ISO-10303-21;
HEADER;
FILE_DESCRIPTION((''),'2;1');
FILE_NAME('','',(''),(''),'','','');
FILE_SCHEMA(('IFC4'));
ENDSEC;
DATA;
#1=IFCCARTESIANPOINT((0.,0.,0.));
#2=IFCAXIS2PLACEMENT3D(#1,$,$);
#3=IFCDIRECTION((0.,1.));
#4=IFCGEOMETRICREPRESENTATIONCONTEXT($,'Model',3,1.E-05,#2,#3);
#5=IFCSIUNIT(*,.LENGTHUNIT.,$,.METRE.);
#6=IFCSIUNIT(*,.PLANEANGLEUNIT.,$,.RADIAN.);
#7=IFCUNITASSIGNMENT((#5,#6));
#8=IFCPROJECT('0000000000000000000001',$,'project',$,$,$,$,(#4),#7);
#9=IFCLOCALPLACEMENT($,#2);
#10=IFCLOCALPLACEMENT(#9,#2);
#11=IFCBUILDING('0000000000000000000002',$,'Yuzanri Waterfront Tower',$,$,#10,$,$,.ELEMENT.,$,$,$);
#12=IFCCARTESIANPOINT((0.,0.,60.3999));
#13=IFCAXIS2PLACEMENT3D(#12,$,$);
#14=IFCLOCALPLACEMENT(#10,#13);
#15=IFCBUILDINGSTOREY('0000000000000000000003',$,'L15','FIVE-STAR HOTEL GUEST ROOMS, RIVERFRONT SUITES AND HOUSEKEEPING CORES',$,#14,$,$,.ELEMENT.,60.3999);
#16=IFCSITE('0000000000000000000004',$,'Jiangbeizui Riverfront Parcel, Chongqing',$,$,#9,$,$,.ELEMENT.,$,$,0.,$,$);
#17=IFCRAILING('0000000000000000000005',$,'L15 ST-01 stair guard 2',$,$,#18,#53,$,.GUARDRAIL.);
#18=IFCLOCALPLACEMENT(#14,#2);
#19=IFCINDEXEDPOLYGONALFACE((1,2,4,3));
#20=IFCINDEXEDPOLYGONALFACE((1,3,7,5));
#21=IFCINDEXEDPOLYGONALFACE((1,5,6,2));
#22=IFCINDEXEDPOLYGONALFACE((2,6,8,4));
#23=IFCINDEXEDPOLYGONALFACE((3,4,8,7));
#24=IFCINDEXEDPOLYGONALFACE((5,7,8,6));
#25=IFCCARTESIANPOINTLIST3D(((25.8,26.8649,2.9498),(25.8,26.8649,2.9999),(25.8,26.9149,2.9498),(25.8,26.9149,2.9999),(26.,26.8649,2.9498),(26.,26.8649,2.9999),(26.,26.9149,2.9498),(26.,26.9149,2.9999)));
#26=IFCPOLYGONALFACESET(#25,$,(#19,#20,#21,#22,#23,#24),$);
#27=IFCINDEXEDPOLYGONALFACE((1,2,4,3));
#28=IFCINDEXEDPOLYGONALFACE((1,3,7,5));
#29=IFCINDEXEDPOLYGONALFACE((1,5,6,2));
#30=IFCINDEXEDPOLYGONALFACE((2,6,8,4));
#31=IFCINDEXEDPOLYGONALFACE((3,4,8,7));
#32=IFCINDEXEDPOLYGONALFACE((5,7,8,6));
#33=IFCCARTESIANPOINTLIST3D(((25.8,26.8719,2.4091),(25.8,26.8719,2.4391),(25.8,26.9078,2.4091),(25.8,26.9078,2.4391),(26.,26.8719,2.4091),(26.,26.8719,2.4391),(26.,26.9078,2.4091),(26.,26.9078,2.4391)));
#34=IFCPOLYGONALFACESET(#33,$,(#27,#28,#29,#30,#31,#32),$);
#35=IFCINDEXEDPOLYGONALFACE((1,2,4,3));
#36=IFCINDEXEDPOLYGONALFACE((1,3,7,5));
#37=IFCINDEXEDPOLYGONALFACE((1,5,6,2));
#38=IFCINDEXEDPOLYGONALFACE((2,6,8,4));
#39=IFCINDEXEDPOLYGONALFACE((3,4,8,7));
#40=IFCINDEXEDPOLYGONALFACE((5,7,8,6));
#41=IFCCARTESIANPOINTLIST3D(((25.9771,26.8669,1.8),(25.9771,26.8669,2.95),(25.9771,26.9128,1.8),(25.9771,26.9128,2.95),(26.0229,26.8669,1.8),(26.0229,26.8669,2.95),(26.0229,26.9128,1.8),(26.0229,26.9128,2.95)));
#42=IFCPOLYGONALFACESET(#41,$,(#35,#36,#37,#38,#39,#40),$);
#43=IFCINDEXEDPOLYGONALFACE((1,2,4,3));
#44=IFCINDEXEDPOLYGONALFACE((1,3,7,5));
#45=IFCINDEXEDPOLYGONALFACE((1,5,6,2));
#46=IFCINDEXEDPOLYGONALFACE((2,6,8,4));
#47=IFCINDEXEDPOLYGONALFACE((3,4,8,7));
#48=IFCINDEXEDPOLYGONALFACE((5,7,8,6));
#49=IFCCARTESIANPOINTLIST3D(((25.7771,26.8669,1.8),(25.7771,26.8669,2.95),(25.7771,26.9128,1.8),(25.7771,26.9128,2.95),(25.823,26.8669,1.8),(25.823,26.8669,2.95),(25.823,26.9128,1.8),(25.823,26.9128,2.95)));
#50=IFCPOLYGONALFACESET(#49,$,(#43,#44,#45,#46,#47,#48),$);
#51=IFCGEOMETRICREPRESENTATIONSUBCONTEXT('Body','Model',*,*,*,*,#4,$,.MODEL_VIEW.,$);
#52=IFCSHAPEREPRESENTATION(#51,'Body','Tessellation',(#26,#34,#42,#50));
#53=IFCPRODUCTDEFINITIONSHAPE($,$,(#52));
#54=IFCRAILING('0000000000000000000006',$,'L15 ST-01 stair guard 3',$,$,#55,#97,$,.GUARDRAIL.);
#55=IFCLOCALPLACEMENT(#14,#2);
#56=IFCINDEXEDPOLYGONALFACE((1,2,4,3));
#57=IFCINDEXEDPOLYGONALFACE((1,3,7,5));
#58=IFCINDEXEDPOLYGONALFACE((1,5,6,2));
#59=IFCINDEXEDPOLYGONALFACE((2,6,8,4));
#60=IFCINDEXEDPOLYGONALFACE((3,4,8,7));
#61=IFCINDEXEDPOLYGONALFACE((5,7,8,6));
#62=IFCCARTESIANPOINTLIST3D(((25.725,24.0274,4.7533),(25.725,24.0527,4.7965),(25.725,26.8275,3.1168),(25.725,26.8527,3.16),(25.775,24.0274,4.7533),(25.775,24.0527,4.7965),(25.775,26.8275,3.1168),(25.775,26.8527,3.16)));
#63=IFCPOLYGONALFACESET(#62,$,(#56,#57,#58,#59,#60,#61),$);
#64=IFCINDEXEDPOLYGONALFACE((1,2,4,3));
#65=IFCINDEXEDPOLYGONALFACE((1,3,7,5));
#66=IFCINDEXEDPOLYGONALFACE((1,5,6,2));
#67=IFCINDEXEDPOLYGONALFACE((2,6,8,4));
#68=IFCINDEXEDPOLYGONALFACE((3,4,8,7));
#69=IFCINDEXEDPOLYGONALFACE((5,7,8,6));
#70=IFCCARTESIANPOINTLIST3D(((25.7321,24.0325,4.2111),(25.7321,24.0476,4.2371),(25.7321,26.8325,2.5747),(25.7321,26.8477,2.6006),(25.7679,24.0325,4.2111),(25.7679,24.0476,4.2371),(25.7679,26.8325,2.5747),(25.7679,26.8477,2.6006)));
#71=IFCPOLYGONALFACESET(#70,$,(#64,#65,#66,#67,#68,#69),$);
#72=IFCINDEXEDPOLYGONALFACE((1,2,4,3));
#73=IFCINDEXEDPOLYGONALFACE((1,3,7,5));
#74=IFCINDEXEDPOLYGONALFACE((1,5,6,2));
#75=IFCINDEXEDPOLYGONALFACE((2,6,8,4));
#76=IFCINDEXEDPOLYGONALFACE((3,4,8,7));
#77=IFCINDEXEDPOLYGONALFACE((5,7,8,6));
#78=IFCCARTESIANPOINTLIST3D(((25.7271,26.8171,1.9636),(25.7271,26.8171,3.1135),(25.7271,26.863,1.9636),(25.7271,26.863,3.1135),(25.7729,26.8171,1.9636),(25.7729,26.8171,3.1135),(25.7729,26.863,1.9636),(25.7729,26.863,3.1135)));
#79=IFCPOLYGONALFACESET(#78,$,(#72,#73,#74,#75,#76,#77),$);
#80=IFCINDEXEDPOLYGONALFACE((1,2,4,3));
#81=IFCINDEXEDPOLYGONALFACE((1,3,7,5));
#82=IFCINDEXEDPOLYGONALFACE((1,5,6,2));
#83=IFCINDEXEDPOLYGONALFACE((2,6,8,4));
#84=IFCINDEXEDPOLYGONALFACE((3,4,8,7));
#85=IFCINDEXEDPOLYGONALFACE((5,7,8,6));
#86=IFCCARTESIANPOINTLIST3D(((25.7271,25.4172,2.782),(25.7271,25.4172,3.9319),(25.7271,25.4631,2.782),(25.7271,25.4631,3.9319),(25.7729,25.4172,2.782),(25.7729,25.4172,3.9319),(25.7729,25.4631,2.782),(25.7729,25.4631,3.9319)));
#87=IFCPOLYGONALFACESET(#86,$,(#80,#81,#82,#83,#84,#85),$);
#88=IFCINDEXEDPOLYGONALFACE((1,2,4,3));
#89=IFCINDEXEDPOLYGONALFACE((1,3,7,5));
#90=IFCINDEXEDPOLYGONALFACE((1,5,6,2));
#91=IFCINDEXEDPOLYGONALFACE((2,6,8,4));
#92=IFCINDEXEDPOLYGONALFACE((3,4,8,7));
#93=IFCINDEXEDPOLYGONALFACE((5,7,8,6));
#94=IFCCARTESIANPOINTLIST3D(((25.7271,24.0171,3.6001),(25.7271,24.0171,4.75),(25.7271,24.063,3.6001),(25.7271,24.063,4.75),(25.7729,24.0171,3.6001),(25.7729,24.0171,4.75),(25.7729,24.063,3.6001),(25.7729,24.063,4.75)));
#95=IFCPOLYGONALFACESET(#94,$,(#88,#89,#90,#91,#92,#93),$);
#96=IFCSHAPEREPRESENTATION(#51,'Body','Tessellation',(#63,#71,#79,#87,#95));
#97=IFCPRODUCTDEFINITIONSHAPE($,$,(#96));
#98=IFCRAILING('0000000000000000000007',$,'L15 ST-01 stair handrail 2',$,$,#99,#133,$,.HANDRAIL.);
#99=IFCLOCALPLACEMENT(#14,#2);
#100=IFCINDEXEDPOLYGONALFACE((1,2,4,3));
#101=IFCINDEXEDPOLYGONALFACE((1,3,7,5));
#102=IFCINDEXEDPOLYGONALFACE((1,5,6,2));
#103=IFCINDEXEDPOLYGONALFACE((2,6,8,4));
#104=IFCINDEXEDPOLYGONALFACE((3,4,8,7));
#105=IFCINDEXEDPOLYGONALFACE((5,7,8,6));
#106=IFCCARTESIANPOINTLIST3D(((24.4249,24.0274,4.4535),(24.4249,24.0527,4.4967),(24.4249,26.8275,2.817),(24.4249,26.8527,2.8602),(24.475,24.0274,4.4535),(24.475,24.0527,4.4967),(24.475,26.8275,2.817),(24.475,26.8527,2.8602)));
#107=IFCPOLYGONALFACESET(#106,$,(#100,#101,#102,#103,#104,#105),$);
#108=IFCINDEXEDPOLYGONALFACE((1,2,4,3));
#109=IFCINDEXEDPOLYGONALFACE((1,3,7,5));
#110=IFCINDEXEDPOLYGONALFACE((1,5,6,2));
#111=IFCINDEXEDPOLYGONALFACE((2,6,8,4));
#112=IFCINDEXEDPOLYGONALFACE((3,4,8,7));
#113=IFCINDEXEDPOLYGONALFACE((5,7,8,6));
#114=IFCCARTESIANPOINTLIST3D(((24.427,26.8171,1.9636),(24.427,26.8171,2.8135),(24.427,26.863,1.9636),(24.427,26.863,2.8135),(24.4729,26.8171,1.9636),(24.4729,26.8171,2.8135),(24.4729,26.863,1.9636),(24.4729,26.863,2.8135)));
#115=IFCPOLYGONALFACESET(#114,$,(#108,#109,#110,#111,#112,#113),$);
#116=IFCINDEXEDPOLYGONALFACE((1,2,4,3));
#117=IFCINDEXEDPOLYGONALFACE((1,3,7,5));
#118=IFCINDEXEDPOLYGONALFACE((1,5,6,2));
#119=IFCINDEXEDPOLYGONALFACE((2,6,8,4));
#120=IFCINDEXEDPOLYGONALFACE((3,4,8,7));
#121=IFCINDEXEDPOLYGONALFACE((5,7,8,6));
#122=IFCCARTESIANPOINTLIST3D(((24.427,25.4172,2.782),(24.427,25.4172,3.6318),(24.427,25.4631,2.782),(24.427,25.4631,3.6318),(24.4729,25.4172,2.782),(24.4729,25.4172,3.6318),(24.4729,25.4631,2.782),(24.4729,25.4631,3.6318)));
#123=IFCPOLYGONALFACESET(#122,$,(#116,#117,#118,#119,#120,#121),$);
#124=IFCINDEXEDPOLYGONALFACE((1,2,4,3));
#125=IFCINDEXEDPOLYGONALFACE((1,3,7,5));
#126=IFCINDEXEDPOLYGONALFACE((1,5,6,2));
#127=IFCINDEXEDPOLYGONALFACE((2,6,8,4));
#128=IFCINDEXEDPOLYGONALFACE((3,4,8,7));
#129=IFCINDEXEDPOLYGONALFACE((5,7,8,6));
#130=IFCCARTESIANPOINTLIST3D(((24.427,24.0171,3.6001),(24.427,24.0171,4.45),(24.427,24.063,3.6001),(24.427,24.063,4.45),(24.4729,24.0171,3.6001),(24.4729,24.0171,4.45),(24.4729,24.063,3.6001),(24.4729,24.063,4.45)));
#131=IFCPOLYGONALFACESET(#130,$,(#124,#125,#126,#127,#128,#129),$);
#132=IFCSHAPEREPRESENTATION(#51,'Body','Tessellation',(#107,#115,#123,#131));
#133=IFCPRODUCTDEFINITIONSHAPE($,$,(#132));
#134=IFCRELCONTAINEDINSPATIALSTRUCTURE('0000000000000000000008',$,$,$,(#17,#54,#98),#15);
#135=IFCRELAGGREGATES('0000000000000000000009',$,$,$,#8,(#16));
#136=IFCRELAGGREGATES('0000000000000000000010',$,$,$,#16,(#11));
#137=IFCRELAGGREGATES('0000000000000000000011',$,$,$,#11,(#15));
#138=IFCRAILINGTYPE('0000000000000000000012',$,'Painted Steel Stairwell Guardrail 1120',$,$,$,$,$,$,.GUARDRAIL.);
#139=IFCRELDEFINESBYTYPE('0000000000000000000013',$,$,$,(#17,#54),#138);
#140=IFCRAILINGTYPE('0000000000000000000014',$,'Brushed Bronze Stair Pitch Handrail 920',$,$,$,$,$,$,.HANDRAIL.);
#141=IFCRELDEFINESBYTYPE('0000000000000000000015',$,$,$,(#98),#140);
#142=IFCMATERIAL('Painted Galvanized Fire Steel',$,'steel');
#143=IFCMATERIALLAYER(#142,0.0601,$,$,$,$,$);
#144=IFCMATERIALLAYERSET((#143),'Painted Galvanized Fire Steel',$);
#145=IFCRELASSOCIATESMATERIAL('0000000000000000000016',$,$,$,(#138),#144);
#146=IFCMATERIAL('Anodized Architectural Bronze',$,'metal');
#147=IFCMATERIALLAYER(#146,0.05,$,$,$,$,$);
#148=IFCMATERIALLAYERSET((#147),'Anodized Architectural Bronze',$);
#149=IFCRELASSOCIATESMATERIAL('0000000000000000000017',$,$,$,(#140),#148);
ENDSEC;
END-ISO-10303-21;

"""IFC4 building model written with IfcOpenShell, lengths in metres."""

from ifc_helpers import new_model, si_unit, direction, frame, origin, origin_2d, place, context, subcontext, project, spatial, rectangle, extrude, source, transform, mapped, material, layer, layer_set, type_object, element, save


model = new_model("IFC4")

# Units and contexts
model_context = context("Model", 3, precision=1e-05, world=origin(), true_north=direction((0.0, 1.0)))
body_context = subcontext(model_context, "Body", "Model", "MODEL_VIEW")
ifc_project = project(units=[si_unit("LENGTHUNIT", "METRE"), si_unit("PLANEANGLEUNIT", "RADIAN")], contexts=[model_context])

# Site, building, storey
site_placement = place(None, origin())
site = spatial("IfcSite", under=ifc_project, at=site_placement, Name="Jiangbeizui Riverfront Parcel, Chongqing", CompositionType="ELEMENT", RefElevation=0.0)
building_placement = place(site_placement, origin())
building = spatial("IfcBuilding", under=site, at=building_placement, Name="Yuzanri Waterfront Tower", CompositionType="ELEMENT")
storey_placement = place(building_placement, frame((0.0, 0.0, 60.3999)))
storey = spatial("IfcBuildingStorey", under=building, at=storey_placement, Name="L15", Description="FIVE-STAR HOTEL GUEST ROOMS, RIVERFRONT SUITES AND HOUSEKEEPING CORES", CompositionType="ELEMENT", Elevation=60.3999)

# Railings
ifc_material_1 = material(Name="Painted Galvanized Fire Steel", Category="steel")
ifc_layer_1 = layer(ifc_material_1, 0.0601)
ifc_layer_set_1 = layer_set([ifc_layer_1], Name="Painted Galvanized Fire Steel")
railing_type_1 = type_object("IfcRailingType", Name="Painted Steel Stairwell Guardrail 1120", PredefinedType="GUARDRAIL", material=ifc_layer_set_1)
shared_shape_1 = source(origin(), body_context, "Body", "SweptSolid", [
    extrude(rectangle(XDim=0.05, YDim=0.05, at=origin_2d()), frame((0.0, 0.0, 1.1748), z_axis=(-1.0, 0.0, 0.0), x_axis=(0.0, -1.0, 0.0)), (0.0, 0.0, 1.0), 0.2),
    extrude(rectangle(XDim=0.0359, YDim=0.03, at=origin_2d()), frame((0.0, 0.0, 0.624), z_axis=(-1.0, 0.0, 0.0), x_axis=(0.0, -1.0, 0.0)), (0.0, 0.0, 1.0), 0.2),
    extrude(rectangle(XDim=0.0459, YDim=0.0459, at=origin_2d()), origin(), (0.0, 0.0, 1.0), 1.1499),
    extrude(rectangle(XDim=0.0459, YDim=0.0459, at=origin_2d()), frame((-0.2, 0.0, 0.0)), (0.0, 0.0, 1.0), 1.1499),
])
railing_1_placement = place(storey_placement, frame((26.0, 26.8899, 1.8)))
element("IfcRailing", 1, at=railing_1_placement, inside=storey, type_object=railing_type_1, Name="L15 ST-01 stair guard 2", PredefinedType="GUARDRAIL", context=body_context, shape_type="MappedRepresentation", body=[
    mapped(shared_shape_1, transform((0.0, 0.0, 0.0), scale=1.0)),
])
shared_shape_2 = source(origin(), body_context, "Body", "SweptSolid", [
    extrude(rectangle(XDim=0.05, YDim=0.05, at=origin_2d()), frame((0.0, 0.0, 1.1748), z_axis=(0.0, -0.863361, 0.504587), x_axis=(1.0, 0.0, 0.0)), (0.0, 0.0, 1.0), 3.2432),
    extrude(rectangle(XDim=0.0359, YDim=0.03, at=origin_2d()), frame((0.0, 0.0, 0.624), z_axis=(0.0, -0.863361, 0.504587), x_axis=(1.0, 0.0, 0.0)), (0.0, 0.0, 1.0), 3.2432),
    extrude(rectangle(XDim=0.0459, YDim=0.0459, at=origin_2d()), origin(), (0.0, 0.0, 1.0), 1.1499),
    extrude(rectangle(XDim=0.0459, YDim=0.0459, at=origin_2d()), frame((0.0, -1.3999, 0.8184)), (0.0, 0.0, 1.0), 1.1499),
    extrude(rectangle(XDim=0.0459, YDim=0.0459, at=origin_2d()), frame((0.0, -2.8, 1.6365)), (0.0, 0.0, 1.0), 1.1499),
])
railing_2_placement = place(storey_placement, frame((25.75, 26.8401, 1.9636)))
element("IfcRailing", 2, at=railing_2_placement, inside=storey, type_object=railing_type_1, Name="L15 ST-01 stair guard 3", PredefinedType="GUARDRAIL", context=body_context, shape_type="MappedRepresentation", body=[
    mapped(shared_shape_2, transform((0.0, 0.0, 0.0), scale=1.0)),
])
ifc_material_2 = material(Name="Anodized Architectural Bronze", Category="metal")
ifc_layer_2 = layer(ifc_material_2, 0.05)
ifc_layer_set_2 = layer_set([ifc_layer_2], Name="Anodized Architectural Bronze")
railing_type_2 = type_object("IfcRailingType", Name="Brushed Bronze Stair Pitch Handrail 920", PredefinedType="HANDRAIL", material=ifc_layer_set_2)
shared_shape_3 = source(origin(), body_context, "Body", "SweptSolid", [
    extrude(rectangle(XDim=0.05, YDim=0.05, at=origin_2d()), frame((0.0, 0.0, 0.875), z_axis=(0.0, -0.863361, 0.504587), x_axis=(1.0, 0.0, 0.0)), (0.0, 0.0, 1.0), 3.2432),
    extrude(rectangle(XDim=0.0459, YDim=0.0459, at=origin_2d()), origin(), (0.0, 0.0, 1.0), 0.8499),
    extrude(rectangle(XDim=0.0459, YDim=0.0459, at=origin_2d()), frame((0.0, -1.3999, 0.8184)), (0.0, 0.0, 1.0), 0.8499),
    extrude(rectangle(XDim=0.0459, YDim=0.0459, at=origin_2d()), frame((0.0, -2.8, 1.6365)), (0.0, 0.0, 1.0), 0.8499),
])
railing_3_placement = place(storey_placement, frame((24.45, 26.8401, 1.9636)))
element("IfcRailing", 3, at=railing_3_placement, inside=storey, type_object=railing_type_2, Name="L15 ST-01 stair handrail 2", PredefinedType="HANDRAIL", context=body_context, shape_type="MappedRepresentation", body=[
    mapped(shared_shape_3, transform((0.0, 0.0, 0.0), scale=1.0)),
])

save(model, "model.ifc")
